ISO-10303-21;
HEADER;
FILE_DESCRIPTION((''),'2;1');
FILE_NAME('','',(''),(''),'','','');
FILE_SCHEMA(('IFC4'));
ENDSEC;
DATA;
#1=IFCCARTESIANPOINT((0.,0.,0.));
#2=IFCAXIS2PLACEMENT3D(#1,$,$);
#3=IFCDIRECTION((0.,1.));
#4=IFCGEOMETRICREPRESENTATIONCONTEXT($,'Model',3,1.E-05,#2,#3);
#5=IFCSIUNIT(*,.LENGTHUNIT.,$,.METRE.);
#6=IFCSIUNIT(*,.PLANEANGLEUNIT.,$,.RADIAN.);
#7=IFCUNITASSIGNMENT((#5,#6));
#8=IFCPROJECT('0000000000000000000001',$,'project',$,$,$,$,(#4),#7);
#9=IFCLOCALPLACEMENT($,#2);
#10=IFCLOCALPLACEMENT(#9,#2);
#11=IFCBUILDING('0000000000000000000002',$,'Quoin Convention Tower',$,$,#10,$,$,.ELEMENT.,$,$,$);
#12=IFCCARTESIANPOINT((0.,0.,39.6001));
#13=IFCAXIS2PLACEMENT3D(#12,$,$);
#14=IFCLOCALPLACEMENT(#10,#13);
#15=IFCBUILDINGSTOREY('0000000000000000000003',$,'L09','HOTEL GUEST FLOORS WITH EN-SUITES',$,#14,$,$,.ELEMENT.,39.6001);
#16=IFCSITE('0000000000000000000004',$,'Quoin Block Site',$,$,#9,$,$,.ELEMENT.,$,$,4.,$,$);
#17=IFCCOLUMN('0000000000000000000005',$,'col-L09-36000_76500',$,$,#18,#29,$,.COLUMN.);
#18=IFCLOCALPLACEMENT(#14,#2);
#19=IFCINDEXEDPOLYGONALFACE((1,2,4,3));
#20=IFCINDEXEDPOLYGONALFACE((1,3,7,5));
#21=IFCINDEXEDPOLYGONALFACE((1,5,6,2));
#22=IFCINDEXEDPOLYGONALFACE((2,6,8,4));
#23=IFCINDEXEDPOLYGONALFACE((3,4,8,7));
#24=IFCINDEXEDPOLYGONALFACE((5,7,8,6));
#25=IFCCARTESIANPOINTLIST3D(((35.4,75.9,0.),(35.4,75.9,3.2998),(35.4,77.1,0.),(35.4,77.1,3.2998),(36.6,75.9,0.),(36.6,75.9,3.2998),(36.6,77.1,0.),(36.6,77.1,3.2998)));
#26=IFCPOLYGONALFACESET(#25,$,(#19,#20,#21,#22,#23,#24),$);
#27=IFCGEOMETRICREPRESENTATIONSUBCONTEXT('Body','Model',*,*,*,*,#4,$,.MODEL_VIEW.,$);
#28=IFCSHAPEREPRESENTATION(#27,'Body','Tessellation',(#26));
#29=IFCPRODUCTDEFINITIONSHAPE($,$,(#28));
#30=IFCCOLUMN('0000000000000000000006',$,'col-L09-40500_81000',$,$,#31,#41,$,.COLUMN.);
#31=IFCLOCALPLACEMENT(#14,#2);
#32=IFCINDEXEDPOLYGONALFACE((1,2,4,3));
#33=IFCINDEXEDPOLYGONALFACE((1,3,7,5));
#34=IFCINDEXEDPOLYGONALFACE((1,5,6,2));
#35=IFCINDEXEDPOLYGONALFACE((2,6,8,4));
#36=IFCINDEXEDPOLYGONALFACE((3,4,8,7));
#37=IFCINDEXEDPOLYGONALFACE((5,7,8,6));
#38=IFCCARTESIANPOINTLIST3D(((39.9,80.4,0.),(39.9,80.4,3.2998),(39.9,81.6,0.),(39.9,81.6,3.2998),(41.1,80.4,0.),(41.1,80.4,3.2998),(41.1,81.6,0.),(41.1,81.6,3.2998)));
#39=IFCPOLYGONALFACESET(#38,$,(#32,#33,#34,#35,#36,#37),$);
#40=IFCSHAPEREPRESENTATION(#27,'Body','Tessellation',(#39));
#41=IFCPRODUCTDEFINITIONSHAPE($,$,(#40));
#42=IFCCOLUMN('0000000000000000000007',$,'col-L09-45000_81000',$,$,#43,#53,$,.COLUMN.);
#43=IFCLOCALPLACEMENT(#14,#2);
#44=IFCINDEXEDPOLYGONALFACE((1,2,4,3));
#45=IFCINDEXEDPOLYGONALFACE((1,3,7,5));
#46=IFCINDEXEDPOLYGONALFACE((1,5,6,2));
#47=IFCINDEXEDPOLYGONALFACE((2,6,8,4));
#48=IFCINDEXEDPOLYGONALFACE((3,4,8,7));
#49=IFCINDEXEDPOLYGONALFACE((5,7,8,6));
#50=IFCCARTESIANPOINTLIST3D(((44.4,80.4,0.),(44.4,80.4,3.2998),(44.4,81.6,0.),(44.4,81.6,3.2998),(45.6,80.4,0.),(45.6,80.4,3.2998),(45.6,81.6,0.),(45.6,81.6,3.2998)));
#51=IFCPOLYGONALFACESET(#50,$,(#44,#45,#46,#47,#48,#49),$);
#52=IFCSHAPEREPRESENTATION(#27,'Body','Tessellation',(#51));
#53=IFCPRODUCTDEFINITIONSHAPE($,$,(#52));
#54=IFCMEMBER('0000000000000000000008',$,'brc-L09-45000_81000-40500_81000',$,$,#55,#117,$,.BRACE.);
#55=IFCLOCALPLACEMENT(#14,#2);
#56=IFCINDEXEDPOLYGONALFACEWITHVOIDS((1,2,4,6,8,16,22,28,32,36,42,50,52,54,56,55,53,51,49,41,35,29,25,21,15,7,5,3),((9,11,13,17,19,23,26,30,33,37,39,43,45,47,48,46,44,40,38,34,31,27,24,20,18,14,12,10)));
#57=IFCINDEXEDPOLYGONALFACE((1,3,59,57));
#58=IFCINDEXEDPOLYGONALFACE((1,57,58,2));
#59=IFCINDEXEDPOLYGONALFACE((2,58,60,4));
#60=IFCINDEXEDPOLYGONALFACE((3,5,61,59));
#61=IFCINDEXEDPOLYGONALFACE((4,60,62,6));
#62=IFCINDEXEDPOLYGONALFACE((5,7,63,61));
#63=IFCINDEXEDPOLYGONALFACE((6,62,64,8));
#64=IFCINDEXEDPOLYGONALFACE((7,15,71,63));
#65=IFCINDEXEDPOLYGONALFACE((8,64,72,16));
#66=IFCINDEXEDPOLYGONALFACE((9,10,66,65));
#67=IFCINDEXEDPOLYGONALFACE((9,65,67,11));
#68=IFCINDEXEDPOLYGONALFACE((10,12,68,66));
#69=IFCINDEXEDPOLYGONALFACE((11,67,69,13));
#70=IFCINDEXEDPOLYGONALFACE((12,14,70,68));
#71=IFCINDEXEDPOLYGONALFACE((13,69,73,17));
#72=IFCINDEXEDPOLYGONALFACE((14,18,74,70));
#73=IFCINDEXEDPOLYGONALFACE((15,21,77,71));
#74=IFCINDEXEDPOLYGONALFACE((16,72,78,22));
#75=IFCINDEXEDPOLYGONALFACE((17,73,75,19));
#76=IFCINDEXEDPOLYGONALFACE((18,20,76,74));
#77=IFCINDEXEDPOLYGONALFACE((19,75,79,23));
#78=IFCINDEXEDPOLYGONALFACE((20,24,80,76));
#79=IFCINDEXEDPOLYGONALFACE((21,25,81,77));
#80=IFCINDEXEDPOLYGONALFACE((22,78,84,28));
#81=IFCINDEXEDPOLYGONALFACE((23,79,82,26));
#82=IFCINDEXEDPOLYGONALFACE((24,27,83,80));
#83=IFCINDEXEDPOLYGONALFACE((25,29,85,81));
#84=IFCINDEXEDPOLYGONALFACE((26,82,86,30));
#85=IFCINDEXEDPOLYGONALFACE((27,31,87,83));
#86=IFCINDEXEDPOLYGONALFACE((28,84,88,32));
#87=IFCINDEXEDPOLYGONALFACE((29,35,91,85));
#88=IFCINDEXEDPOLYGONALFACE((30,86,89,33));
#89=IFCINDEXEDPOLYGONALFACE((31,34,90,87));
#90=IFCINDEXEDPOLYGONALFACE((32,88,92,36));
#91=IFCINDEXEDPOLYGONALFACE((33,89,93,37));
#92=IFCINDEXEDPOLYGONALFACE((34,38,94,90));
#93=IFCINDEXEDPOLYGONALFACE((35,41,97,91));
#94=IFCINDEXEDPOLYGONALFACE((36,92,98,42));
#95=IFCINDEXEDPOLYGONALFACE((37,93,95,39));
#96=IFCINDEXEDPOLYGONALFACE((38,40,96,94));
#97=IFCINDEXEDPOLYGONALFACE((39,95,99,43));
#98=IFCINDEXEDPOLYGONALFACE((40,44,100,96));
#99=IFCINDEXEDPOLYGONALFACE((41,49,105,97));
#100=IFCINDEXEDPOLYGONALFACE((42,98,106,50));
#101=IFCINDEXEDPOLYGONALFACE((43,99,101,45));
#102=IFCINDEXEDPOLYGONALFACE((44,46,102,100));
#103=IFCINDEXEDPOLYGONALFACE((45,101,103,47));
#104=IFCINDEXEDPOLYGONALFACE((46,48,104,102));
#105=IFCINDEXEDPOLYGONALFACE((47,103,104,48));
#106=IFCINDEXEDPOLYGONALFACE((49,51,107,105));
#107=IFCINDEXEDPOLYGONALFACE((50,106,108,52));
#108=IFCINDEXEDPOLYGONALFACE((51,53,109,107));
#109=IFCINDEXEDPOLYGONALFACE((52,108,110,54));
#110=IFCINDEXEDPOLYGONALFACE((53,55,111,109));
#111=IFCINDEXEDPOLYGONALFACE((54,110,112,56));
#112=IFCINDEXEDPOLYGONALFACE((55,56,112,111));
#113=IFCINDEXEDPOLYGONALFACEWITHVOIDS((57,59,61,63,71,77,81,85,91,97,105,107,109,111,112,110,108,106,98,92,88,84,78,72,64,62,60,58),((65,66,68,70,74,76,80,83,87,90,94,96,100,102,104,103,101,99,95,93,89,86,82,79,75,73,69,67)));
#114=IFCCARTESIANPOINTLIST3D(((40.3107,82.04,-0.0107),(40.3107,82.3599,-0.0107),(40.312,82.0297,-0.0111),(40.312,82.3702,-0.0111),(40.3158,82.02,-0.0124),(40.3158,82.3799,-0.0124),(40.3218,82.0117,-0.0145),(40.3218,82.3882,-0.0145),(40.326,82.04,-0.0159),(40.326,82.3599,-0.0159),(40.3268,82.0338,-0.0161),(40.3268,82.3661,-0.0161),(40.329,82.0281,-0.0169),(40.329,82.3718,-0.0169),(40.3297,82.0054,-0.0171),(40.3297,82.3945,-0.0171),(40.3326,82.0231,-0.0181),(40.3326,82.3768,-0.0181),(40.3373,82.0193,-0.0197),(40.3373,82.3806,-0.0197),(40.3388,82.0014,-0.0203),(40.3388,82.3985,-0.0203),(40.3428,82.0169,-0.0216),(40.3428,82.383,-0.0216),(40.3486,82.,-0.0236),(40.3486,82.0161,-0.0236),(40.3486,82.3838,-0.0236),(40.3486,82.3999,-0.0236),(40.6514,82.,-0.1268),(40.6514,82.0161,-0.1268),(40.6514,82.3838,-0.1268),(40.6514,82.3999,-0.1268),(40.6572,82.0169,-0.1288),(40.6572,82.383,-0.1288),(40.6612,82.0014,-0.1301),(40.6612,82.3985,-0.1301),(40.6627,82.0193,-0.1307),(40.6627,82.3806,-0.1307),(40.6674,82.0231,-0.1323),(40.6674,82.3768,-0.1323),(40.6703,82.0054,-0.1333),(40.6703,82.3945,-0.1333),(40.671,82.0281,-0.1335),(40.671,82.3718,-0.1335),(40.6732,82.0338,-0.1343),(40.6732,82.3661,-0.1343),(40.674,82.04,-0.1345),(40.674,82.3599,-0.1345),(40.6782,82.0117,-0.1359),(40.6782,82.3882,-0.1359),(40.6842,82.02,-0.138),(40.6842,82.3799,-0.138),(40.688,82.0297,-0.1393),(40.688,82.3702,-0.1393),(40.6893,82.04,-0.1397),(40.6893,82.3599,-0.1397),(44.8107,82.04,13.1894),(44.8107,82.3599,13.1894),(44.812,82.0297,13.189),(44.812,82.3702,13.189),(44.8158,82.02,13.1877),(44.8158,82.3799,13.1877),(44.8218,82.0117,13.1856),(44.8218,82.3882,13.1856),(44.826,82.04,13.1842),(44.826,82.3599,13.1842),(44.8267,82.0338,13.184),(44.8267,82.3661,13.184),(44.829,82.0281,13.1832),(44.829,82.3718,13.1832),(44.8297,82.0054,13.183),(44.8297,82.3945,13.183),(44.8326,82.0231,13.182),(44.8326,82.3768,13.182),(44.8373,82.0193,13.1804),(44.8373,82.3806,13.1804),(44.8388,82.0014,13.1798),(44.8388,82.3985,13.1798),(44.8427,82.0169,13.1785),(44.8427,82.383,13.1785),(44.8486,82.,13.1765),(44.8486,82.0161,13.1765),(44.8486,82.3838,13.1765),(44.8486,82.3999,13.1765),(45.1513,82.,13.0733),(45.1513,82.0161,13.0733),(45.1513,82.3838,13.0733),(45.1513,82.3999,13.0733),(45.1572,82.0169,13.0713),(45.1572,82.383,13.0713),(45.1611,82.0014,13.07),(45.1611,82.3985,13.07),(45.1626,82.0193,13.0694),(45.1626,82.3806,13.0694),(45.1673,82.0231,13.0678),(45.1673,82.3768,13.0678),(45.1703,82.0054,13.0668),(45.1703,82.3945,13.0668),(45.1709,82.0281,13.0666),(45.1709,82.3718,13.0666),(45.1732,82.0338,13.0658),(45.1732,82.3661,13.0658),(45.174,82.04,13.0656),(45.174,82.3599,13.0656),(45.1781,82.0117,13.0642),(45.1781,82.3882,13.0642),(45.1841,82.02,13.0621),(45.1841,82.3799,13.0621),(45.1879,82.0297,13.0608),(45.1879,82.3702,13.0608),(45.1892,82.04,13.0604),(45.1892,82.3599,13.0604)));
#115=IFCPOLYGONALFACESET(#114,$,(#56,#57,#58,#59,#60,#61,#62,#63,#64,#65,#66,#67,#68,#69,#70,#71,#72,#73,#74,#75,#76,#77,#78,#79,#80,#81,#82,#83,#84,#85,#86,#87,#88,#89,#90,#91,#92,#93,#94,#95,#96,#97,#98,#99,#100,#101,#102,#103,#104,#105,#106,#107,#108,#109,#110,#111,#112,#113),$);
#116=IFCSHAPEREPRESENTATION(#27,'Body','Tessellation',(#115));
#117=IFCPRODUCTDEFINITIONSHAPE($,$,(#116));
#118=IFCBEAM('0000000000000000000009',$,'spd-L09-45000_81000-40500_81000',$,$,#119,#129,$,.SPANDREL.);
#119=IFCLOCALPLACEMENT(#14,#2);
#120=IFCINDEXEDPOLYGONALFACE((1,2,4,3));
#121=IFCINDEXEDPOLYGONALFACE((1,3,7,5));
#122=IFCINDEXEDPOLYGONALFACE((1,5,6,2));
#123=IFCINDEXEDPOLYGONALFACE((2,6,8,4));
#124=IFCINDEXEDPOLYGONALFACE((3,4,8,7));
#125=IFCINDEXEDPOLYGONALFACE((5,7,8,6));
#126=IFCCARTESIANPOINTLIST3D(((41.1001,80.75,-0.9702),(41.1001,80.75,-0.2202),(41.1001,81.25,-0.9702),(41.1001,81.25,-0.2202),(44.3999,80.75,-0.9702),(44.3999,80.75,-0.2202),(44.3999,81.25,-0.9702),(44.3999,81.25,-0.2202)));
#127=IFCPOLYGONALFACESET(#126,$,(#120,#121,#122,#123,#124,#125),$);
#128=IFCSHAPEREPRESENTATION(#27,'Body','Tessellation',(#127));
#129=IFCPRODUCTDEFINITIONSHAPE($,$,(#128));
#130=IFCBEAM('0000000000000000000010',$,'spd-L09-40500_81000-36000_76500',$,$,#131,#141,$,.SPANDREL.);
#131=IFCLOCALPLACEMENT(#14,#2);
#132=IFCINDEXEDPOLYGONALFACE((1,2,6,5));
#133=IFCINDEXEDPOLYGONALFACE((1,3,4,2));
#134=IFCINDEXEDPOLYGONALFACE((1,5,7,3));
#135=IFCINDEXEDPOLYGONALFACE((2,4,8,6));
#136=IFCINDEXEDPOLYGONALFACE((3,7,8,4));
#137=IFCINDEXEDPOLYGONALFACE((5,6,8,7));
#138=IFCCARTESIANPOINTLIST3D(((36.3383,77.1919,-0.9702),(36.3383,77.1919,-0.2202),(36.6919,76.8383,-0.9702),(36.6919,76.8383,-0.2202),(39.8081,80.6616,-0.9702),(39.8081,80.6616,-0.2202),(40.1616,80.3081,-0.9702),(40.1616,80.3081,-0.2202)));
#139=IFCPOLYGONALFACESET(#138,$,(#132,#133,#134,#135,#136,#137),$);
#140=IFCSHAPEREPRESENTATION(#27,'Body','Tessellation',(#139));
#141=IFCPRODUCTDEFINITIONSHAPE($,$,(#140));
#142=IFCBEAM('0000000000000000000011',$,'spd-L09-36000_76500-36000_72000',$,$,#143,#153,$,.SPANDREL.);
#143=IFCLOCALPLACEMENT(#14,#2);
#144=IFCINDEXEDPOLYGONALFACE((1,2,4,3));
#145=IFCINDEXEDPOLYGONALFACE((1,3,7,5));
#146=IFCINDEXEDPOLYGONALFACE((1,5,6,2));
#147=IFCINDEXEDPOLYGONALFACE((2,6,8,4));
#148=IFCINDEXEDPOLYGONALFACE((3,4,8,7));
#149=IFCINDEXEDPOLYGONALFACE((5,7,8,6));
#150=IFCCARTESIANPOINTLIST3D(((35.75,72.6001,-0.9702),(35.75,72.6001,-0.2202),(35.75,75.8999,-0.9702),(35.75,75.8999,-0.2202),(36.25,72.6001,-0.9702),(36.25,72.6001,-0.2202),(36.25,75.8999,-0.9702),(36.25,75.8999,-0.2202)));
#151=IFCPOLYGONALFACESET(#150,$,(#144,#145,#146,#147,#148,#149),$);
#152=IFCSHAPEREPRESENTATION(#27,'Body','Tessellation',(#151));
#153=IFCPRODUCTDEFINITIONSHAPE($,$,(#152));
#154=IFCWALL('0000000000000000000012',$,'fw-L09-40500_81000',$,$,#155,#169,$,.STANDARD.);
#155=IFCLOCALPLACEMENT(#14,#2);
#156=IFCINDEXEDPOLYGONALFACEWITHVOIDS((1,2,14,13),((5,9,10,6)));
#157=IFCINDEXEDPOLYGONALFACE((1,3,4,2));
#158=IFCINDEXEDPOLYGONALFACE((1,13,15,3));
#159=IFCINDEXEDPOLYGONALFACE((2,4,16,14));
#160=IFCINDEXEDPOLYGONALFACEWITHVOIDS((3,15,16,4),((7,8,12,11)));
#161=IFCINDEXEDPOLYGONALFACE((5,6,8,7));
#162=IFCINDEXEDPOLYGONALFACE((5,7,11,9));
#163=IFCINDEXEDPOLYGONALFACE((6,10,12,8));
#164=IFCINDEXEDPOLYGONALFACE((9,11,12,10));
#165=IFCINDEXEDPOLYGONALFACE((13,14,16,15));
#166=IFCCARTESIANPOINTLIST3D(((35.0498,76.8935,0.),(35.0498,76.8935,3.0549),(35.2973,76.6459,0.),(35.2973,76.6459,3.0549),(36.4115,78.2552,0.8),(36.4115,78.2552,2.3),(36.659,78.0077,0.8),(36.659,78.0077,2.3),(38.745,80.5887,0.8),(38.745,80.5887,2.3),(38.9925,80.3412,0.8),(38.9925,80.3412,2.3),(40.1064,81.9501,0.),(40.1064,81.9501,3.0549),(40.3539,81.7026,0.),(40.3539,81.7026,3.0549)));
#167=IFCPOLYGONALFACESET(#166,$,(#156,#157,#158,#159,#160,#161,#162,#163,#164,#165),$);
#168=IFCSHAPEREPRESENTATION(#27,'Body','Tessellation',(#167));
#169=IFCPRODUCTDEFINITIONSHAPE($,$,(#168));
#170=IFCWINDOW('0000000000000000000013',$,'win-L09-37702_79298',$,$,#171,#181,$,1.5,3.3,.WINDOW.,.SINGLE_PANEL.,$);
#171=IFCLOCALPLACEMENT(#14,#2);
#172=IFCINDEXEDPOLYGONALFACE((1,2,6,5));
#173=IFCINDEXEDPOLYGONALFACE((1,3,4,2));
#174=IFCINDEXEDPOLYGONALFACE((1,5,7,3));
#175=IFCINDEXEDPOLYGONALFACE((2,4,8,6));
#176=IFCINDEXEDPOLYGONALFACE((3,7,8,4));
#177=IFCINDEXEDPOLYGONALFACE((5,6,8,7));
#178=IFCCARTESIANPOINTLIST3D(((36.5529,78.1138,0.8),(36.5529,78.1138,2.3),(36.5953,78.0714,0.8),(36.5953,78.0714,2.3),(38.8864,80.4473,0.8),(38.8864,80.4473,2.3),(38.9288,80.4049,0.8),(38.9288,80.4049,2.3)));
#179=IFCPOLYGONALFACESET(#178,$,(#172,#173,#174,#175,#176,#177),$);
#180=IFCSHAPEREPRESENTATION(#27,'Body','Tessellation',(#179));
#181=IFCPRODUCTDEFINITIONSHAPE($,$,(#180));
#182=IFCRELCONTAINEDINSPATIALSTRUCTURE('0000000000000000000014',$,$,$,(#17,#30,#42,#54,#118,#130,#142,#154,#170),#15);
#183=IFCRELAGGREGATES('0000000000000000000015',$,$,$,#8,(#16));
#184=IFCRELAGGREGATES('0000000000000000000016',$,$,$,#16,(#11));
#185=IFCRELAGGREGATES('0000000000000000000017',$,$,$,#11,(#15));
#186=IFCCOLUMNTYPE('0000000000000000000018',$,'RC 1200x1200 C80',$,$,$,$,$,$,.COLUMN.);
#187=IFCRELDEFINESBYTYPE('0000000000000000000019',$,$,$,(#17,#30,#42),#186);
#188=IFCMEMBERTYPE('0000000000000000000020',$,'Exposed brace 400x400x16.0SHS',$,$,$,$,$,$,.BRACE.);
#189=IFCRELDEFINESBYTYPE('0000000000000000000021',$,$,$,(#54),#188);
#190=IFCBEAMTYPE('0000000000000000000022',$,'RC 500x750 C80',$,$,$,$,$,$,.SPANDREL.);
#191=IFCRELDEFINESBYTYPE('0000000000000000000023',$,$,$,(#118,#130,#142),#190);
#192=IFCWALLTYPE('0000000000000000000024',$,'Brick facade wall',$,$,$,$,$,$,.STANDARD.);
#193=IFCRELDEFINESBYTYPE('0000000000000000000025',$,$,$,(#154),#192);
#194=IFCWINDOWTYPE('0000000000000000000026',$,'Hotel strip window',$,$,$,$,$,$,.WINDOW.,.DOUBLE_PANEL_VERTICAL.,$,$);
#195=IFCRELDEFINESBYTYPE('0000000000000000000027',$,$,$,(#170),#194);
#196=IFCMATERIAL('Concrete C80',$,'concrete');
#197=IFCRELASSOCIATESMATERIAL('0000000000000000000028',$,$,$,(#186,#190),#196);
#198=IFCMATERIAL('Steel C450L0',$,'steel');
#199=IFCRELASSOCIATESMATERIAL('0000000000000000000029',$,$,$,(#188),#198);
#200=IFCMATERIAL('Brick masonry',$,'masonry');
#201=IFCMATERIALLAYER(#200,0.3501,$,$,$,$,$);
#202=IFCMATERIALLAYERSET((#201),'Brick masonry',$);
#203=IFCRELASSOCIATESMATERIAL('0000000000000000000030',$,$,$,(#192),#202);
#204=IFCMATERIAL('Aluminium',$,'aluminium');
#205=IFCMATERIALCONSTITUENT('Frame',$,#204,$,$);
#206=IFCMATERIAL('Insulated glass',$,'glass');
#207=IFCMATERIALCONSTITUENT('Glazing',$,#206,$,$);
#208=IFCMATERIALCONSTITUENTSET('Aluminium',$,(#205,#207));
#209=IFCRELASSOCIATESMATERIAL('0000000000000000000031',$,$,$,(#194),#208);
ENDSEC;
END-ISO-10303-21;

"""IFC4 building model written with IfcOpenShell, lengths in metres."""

from ifc_helpers import new_model, si_unit, direction, frame, frame_2d, origin, origin_2d, place, context, subcontext, project, spatial, rectangle, hollow_rectangle, extrude, material, layer, layer_set, constituent, constituent_set, material_profile, profile_set, type_object, element, fill, save


model = new_model("IFC4")

# Units and contexts
model_context = context("Model", 3, precision=1e-05, world=origin(), true_north=direction((0.0, 1.0)))
body_context = subcontext(model_context, "Body", "Model", "MODEL_VIEW")
ifc_project = project(units=[si_unit("LENGTHUNIT", "METRE"), si_unit("PLANEANGLEUNIT", "RADIAN")], contexts=[model_context])

# Site, building, storey
site_placement = place(None, origin())
site = spatial("IfcSite", under=ifc_project, at=site_placement, Name="Quoin Block Site", CompositionType="ELEMENT", RefElevation=4.0)
building_placement = place(site_placement, origin())
building = spatial("IfcBuilding", under=site, at=building_placement, Name="Quoin Convention Tower", CompositionType="ELEMENT")
storey_placement = place(building_placement, frame((0.0, 0.0, 39.6001)))
storey = spatial("IfcBuildingStorey", under=building, at=storey_placement, Name="L09", Description="HOTEL GUEST FLOORS WITH EN-SUITES", CompositionType="ELEMENT", Elevation=39.6001)

# Columns
ifc_material_1 = material(Name="Concrete C80", Category="concrete")
ifc_material_profile_1 = material_profile(ifc_material_1, rectangle(XDim=1.2, YDim=1.2, at=origin_2d()), Name="RC 1200x1200")
ifc_profile_set_1 = profile_set([ifc_material_profile_1], Name="Concrete C80")
column_type = type_object("IfcColumnType", Name="RC 1200x1200 C80", PredefinedType="COLUMN", material=ifc_profile_set_1)
for number, where, z_axis, x_axis, name in (
    (1, (36.0, 76.5, 0.0), (0.0, 0.0, 1.0), (1.0, 0.0, 0.0), "col-L09-36000_76500"),
    (2, (40.5, 81.0, 0.0), (0.0, 0.0, 1.0), (1.0, 0.0, 0.0), "col-L09-40500_81000"),
    (3, (45.0, 81.0, 0.0), (0.0, 0.0, 1.0), (1.0, 0.0, 0.0), "col-L09-45000_81000"),
):
    element("IfcColumn", number, at=place(storey_placement, frame(where, z_axis=z_axis, x_axis=x_axis)), inside=storey, type_object=column_type, Name=name, PredefinedType="COLUMN", context=body_context, shape_type="SweptSolid", body=[
        extrude(rectangle(XDim=1.2, YDim=1.2, at=origin_2d()), origin(), (0.0, 0.0, 1.0), 3.2998),
    ])

# Member
ifc_material_2 = material(Name="Steel C450L0", Category="steel")
ifc_material_profile_2 = material_profile(ifc_material_2, hollow_rectangle(XDim=0.3999, YDim=0.3999, WallThickness=0.0161, InnerFilletRadius=0.0239, OuterFilletRadius=0.04, at=origin_2d()), Name="400x400x16.0SHS")
ifc_profile_set_2 = profile_set([ifc_material_profile_2], Name="Steel C450L0")
member_type = type_object("IfcMemberType", Name="Exposed brace 400x400x16.0SHS", PredefinedType="BRACE", material=ifc_profile_set_2)
member_placement = place(storey_placement, frame((40.5, 82.2, -0.0752), z_axis=(0.32267, 0.0, 0.946512), x_axis=(0.0, 1.0, 0.0)))
element("IfcMember", 4, at=member_placement, inside=storey, type_object=member_type, Name="brc-L09-45000_81000-40500_81000", PredefinedType="BRACE", context=body_context, shape_type="SweptSolid", body=[
    extrude(hollow_rectangle(XDim=0.3999, YDim=0.3999, WallThickness=0.0161, InnerFilletRadius=0.0239, OuterFilletRadius=0.04, at=origin_2d()), origin(), (0.0, 0.0, 1.0), 13.946),
])

# Beams
ifc_material_profile_3 = material_profile(ifc_material_1, rectangle(XDim=0.5, YDim=0.75, at=origin_2d()), Name="RC 500x750")
ifc_profile_set_3 = profile_set([ifc_material_profile_3], Name="Concrete C80")
beam_type = type_object("IfcBeamType", Name="RC 500x750 C80", PredefinedType="SPANDREL", material=ifc_profile_set_3)
beam_1_placement = place(storey_placement, frame((44.3999, 81.0, -0.5952), z_axis=(-1.0, 0.0, 0.0), x_axis=(0.0, -1.0, 0.0)))
element("IfcBeam", 5, at=beam_1_placement, inside=storey, type_object=beam_type, Name="spd-L09-45000_81000-40500_81000", PredefinedType="SPANDREL", context=body_context, shape_type="SweptSolid", body=[
    extrude(rectangle(XDim=0.5, YDim=0.75, at=origin_2d()), origin(), (0.0, 0.0, 1.0), 3.2998),
])
beam_2_placement = place(storey_placement, frame((39.9849, 80.4849, -0.5952), z_axis=(-0.707107, -0.707107, 0.0), x_axis=(0.707107, -0.707107, 0.0)))
element("IfcBeam", 6, at=beam_2_placement, inside=storey, type_object=beam_type, Name="spd-L09-40500_81000-36000_76500", PredefinedType="SPANDREL", context=body_context, shape_type="SweptSolid", body=[
    extrude(rectangle(XDim=0.5, YDim=0.75, at=origin_2d()), origin(), (0.0, 0.0, 1.0), 4.907),
])
beam_3_placement = place(storey_placement, frame((36.0, 75.8999, -0.5952), z_axis=(0.0, -1.0, 0.0), x_axis=(1.0, 0.0, 0.0)))
element("IfcBeam", 7, at=beam_3_placement, inside=storey, type_object=beam_type, Name="spd-L09-36000_76500-36000_72000", PredefinedType="SPANDREL", context=body_context, shape_type="SweptSolid", body=[
    extrude(rectangle(XDim=0.5, YDim=0.75, at=origin_2d()), origin(), (0.0, 0.0, 1.0), 3.2998),
])

# Wall, opening, window
ifc_material_3 = material(Name="Brick masonry", Category="masonry")
ifc_layer_1 = layer(ifc_material_3, 0.3501)
ifc_layer_set_1 = layer_set([ifc_layer_1], Name="Brick masonry")
wall_type_1 = type_object("IfcWallType", Name="Brick facade wall", PredefinedType="STANDARD", material=ifc_layer_set_1)
wall_1_placement = place(storey_placement, frame((40.2302, 81.8264, 0.0), z_axis=(0.0, 0.0, 1.0), x_axis=(-0.707107, -0.707107, 0.0)))
wall_1 = element("IfcWall", 8, at=wall_1_placement, inside=storey, type_object=wall_type_1, Name="fw-L09-40500_81000", PredefinedType="STANDARD", context=body_context, shape_type="SweptSolid", body=[
    extrude(rectangle(XDim=7.1511, YDim=0.3501, at=frame_2d((3.5757, 0.0))), origin(), (0.0, 0.0, 1.0), 3.0549),
])
opening_1_placement = place(wall_1_placement, frame((1.9255, 0.0, 0.8)))
opening_1 = element("IfcOpeningElement", 9, at=opening_1_placement, cuts=wall_1, PredefinedType="OPENING", context=body_context, shape_type="SweptSolid", body=[
    extrude(rectangle(XDim=3.3, YDim=1.5, at=frame_2d((1.6499, 0.75))), frame((0.0, 0.1851, 0.0), z_axis=(0.0, -1.0, 0.0), x_axis=(1.0, 0.0, 0.0)), (0.0, 0.0, 1.0), 0.3701),
])
ifc_material_4 = material(Name="Aluminium", Category="aluminium")
ifc_constituent_1 = constituent(ifc_material_4, Name="Frame")
ifc_material_5 = material(Name="Insulated glass", Category="glass")
ifc_constituent_2 = constituent(ifc_material_5, Name="Glazing")
ifc_constituent_set = constituent_set(constituents=[ifc_constituent_1, ifc_constituent_2], Name="Aluminium")
window_type = type_object("IfcWindowType", Name="Hotel strip window", PartitioningType="DOUBLE_PANEL_VERTICAL", PredefinedType="WINDOW", material=ifc_constituent_set)
window_placement = place(opening_1_placement, origin())
window = element("IfcWindow", 10, at=window_placement, inside=storey, type_object=window_type, Name="win-L09-37702_79298", OverallHeight=1.5, OverallWidth=3.3, PartitioningType="SINGLE_PANEL", PredefinedType="WINDOW", context=body_context, shape_type="SweptSolid", body=[
    extrude(rectangle(XDim=3.3, YDim=1.5, at=frame_2d((1.6499, 0.75))), frame((0.0, 0.085, 0.0), z_axis=(0.0, -1.0, 0.0), x_axis=(1.0, 0.0, 0.0)), (0.0, 0.0, 1.0), 0.0601),
])
fill(opening_1, window)

save(model, "model.ifc")
